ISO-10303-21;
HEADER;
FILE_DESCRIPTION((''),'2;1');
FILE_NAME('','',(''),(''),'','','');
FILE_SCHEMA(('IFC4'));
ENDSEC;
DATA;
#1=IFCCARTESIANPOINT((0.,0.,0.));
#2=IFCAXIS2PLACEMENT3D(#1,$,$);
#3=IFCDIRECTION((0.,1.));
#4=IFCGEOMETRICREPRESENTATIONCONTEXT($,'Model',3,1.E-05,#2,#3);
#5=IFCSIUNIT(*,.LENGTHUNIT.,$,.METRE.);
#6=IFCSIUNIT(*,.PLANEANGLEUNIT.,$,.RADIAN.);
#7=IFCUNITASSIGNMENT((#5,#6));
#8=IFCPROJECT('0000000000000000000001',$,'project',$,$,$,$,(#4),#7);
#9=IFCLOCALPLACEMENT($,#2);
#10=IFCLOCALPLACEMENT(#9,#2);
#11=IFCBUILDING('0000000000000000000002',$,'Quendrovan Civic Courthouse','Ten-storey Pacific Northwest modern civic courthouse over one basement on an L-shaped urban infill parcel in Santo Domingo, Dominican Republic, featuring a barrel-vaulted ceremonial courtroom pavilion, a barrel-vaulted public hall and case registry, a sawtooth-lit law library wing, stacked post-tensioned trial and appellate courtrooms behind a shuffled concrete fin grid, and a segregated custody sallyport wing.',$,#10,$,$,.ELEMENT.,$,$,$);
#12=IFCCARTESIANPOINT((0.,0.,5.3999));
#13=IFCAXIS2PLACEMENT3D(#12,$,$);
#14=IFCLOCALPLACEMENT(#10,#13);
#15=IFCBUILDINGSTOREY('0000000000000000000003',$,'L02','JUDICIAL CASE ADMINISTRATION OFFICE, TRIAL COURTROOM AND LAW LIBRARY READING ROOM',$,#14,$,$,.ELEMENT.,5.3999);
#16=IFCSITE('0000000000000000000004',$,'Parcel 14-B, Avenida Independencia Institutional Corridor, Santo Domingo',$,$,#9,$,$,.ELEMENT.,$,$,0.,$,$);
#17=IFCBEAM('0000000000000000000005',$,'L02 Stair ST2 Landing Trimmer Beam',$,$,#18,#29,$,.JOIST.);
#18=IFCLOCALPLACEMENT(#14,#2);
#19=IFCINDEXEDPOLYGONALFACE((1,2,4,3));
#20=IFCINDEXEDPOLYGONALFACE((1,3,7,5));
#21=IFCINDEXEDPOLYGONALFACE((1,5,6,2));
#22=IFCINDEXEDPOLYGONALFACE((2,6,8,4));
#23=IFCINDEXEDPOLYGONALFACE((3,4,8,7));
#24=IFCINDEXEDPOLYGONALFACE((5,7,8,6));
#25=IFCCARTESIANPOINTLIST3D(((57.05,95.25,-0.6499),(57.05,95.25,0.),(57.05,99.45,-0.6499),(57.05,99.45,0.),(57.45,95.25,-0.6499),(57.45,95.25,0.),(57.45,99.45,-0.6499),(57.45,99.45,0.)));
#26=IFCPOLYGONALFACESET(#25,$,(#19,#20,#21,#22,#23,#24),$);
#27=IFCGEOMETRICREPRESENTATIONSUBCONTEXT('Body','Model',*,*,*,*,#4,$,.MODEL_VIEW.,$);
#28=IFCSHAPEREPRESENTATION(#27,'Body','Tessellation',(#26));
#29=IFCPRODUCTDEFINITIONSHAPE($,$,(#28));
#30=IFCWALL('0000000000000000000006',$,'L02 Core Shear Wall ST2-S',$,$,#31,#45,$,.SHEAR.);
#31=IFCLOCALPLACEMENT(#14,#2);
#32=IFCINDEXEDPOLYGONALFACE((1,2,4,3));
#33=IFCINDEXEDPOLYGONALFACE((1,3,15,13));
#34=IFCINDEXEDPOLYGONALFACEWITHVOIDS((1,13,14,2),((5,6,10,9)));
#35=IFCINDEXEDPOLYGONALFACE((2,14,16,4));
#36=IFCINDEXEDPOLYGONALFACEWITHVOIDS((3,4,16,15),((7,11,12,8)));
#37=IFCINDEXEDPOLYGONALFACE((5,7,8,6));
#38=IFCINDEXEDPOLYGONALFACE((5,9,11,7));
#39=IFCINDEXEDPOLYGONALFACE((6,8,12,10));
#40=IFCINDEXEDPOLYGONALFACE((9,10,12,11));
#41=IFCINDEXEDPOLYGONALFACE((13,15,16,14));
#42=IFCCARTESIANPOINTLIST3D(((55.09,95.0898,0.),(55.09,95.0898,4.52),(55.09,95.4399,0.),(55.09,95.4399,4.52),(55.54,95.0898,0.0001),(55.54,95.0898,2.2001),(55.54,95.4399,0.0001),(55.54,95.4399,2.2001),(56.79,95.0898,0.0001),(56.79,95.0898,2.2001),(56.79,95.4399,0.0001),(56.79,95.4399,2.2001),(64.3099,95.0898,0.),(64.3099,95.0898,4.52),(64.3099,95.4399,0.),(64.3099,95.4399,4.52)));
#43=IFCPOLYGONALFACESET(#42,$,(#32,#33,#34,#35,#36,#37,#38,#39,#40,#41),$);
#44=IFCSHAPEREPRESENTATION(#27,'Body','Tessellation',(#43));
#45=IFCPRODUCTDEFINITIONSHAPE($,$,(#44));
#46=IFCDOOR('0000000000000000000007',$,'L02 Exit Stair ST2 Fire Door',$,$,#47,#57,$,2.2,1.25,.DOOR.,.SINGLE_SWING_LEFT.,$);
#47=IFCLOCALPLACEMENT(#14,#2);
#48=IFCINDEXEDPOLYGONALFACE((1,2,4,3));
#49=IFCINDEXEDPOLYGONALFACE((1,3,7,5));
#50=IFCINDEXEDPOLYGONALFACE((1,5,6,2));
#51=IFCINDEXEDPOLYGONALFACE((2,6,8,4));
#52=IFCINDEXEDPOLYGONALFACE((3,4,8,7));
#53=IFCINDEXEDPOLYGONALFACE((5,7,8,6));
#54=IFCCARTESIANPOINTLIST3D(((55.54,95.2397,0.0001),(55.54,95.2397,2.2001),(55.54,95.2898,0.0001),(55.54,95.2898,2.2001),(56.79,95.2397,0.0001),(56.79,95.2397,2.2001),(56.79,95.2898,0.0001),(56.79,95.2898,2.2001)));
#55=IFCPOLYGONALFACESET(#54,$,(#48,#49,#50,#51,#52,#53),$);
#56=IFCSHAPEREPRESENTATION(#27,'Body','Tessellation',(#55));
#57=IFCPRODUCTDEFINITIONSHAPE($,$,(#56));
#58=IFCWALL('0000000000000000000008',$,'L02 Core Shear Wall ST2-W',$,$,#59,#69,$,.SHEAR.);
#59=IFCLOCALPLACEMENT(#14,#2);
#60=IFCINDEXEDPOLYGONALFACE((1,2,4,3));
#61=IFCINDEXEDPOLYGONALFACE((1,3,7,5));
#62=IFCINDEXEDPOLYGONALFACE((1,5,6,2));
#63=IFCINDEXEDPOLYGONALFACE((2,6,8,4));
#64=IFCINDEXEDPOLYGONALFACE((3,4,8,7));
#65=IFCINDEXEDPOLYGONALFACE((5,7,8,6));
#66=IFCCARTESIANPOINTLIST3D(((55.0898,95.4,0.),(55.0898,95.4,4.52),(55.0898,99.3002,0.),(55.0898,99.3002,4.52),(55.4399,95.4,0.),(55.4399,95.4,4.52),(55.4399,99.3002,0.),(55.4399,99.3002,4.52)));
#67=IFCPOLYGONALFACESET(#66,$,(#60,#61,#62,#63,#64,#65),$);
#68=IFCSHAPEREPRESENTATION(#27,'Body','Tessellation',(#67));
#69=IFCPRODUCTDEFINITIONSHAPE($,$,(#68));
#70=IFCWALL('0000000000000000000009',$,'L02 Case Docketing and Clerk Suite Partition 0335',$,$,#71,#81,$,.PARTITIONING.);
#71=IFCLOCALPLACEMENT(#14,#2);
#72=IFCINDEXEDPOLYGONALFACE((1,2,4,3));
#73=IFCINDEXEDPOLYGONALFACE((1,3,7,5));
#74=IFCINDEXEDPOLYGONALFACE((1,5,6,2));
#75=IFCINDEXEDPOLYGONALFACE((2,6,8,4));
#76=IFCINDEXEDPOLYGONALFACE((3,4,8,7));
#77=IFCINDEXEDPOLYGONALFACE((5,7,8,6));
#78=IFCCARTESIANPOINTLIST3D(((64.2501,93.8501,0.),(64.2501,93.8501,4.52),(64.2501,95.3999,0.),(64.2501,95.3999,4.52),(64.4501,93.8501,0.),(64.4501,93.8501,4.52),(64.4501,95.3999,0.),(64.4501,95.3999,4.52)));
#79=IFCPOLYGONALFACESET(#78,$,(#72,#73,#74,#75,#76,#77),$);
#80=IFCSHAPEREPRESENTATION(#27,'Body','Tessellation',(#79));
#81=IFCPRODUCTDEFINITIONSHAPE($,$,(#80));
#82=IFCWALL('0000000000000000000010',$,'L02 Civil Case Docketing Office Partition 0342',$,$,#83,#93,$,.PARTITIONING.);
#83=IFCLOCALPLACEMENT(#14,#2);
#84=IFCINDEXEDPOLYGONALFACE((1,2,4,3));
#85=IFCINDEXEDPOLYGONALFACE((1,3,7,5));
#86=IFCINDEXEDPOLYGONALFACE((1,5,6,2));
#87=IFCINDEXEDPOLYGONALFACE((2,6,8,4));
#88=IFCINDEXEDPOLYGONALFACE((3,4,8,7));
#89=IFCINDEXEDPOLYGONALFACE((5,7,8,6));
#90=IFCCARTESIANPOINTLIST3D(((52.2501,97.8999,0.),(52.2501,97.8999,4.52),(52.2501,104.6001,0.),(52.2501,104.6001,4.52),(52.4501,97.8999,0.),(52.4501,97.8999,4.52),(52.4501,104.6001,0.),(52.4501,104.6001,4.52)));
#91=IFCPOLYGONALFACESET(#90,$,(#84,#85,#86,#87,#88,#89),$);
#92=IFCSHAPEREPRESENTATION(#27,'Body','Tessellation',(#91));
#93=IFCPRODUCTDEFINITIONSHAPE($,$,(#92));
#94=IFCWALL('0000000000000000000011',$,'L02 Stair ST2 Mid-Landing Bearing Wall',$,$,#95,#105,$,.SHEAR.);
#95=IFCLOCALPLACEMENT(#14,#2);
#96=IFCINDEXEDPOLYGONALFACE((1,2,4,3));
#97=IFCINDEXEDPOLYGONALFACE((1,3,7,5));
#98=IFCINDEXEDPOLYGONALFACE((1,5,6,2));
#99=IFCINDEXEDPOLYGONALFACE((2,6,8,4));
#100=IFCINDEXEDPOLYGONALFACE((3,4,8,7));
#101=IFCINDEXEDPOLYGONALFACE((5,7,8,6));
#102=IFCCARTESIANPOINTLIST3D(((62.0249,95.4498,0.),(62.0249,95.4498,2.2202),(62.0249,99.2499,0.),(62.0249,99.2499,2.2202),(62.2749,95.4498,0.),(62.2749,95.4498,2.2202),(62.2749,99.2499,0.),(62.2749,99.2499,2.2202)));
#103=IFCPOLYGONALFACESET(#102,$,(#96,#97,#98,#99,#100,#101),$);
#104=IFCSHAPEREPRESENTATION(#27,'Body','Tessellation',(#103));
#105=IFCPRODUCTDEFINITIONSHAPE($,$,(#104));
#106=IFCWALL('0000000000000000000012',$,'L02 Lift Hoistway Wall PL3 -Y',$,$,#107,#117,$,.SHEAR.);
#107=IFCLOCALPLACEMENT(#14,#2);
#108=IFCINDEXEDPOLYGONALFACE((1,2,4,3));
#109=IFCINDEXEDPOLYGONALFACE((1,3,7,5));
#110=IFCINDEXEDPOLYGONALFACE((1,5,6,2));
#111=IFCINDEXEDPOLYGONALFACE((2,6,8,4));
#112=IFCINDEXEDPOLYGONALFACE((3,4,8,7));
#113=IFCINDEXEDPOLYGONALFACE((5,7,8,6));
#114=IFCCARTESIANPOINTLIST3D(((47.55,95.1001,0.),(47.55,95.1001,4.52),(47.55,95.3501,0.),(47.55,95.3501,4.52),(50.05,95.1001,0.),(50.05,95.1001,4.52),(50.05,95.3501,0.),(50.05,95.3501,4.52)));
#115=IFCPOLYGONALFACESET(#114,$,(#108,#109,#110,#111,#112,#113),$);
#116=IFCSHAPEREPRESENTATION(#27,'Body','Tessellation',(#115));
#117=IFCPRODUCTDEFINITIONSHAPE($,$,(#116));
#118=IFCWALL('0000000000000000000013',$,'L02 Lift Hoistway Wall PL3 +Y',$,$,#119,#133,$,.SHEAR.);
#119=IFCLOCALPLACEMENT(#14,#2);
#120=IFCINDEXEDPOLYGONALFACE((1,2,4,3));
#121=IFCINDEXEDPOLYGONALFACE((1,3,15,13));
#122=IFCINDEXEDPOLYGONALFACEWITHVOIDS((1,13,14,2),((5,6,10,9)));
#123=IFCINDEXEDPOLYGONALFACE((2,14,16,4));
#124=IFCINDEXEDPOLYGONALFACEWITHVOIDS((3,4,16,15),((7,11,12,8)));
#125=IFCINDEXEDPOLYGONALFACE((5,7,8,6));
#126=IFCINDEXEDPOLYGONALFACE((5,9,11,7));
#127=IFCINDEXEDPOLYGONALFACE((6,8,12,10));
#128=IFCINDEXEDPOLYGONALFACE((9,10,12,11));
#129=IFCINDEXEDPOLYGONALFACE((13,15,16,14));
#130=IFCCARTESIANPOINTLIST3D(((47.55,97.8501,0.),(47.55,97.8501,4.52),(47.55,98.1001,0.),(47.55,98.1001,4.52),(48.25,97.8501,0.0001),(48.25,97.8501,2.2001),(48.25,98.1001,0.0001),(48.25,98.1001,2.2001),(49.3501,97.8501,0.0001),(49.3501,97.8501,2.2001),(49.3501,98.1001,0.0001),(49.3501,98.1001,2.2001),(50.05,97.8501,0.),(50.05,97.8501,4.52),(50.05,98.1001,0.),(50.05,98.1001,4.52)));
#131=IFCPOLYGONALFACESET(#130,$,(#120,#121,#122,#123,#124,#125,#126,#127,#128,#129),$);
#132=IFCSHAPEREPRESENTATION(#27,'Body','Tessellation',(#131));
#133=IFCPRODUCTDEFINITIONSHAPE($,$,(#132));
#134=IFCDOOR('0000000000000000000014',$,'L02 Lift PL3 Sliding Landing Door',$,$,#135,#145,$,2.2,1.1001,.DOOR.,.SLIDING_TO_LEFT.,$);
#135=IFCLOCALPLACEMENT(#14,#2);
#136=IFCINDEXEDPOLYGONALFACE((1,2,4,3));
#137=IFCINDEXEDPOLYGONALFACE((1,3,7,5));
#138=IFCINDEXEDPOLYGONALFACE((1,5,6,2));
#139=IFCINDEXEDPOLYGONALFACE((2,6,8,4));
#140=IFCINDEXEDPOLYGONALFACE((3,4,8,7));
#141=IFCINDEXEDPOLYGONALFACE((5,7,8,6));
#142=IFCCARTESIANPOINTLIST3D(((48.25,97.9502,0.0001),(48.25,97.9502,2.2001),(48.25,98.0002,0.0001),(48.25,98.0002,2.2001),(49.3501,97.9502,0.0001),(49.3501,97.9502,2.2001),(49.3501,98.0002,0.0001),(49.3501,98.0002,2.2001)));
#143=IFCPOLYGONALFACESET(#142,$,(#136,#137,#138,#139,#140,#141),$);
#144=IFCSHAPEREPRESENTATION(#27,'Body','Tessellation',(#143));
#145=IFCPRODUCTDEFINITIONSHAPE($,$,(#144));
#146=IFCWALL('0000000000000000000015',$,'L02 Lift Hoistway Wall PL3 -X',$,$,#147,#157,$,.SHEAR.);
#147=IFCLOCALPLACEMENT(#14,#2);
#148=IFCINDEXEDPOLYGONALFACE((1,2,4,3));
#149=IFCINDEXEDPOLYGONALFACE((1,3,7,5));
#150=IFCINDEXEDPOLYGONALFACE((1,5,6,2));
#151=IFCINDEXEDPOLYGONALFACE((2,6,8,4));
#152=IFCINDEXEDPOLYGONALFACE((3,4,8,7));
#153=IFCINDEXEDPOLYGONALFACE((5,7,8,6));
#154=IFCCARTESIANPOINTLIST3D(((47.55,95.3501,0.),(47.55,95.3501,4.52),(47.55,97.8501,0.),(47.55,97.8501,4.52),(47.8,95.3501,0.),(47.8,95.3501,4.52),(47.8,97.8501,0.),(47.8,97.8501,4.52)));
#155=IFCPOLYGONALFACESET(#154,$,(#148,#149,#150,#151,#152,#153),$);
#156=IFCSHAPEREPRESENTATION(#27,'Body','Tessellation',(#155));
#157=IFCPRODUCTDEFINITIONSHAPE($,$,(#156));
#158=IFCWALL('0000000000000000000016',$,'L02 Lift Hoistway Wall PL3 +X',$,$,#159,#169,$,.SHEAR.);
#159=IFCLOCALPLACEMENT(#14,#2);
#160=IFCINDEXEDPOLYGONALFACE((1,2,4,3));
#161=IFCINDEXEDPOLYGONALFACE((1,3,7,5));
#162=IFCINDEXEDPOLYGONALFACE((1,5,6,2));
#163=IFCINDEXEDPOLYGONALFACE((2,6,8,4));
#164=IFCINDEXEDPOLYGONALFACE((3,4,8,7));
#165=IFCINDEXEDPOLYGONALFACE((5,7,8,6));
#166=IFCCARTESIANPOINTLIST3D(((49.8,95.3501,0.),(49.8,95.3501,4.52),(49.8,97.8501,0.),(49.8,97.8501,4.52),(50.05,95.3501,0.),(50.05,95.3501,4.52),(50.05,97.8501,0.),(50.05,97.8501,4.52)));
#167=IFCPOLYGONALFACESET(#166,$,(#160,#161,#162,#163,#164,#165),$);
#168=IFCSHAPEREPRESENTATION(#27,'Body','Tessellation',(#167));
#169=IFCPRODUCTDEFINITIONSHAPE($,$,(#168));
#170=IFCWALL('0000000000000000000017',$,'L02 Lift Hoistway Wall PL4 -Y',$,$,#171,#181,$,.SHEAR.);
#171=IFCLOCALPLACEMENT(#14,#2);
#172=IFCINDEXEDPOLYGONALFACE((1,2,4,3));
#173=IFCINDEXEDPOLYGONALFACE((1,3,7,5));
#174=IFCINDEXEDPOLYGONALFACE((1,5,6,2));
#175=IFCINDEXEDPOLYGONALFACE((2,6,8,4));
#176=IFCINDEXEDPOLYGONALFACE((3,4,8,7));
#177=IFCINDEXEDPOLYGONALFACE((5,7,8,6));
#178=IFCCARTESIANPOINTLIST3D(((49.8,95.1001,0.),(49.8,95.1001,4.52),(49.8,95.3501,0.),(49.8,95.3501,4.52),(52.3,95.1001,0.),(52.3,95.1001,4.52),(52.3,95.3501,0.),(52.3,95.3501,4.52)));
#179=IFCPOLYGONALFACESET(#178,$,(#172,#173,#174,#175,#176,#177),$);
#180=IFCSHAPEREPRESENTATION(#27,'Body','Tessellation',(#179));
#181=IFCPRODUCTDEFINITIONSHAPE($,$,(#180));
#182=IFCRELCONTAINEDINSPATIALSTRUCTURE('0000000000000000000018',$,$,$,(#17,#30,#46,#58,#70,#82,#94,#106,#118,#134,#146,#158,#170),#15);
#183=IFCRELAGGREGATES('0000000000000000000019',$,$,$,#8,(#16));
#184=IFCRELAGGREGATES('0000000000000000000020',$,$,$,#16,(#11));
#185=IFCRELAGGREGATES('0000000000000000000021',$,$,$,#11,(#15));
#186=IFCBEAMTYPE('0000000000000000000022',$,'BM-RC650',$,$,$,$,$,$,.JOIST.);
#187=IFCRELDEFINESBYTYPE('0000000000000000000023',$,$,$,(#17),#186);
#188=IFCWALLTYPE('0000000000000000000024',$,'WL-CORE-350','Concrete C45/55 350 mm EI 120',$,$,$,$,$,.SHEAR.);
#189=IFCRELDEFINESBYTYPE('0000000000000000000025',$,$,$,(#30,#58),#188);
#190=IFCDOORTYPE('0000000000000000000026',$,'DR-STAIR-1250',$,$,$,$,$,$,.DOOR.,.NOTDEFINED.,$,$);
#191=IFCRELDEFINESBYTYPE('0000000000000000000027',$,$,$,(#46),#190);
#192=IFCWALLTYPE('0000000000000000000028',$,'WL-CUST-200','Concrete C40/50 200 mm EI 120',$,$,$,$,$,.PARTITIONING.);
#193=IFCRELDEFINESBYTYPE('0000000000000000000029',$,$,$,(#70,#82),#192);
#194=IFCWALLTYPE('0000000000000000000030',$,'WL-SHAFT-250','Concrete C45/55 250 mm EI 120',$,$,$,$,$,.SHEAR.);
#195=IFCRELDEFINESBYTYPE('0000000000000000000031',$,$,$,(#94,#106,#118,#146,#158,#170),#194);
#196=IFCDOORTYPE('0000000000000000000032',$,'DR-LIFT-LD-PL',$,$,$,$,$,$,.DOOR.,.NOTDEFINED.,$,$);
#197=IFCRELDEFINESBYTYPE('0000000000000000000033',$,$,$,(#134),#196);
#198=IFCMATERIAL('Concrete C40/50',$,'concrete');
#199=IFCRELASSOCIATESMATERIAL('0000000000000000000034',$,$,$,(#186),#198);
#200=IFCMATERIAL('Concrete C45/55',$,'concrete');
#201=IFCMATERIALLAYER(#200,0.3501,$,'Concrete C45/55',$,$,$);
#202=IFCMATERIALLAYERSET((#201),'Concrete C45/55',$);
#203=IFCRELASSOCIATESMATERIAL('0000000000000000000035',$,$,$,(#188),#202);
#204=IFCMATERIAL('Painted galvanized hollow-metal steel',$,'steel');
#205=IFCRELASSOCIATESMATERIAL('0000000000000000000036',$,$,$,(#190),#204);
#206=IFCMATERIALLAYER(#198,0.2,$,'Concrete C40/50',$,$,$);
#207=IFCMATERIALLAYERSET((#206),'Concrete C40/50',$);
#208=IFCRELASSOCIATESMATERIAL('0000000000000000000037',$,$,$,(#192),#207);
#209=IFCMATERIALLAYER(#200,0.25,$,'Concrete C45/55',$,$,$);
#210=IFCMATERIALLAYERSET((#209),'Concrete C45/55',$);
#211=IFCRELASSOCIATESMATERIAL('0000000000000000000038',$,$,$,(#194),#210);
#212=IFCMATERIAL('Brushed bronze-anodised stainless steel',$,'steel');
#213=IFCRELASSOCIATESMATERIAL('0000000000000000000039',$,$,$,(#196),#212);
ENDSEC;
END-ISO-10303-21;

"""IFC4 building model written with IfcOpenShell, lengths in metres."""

from ifc_helpers import new_model, si_unit, direction, frame, frame_2d, origin, origin_2d, place, context, subcontext, project, spatial, rectangle, extrude, material, layer, layer_set, material_profile, profile_set, type_object, element, fill, save


model = new_model("IFC4")

# Units and contexts
model_context = context("Model", 3, precision=1e-05, world=origin(), true_north=direction((0.0, 1.0)))
body_context = subcontext(model_context, "Body", "Model", "MODEL_VIEW")
ifc_project = project(units=[si_unit("LENGTHUNIT", "METRE"), si_unit("PLANEANGLEUNIT", "RADIAN")], contexts=[model_context])

# Site, building, storey
site_placement = place(None, origin())
site = spatial("IfcSite", under=ifc_project, at=site_placement, Name="Parcel 14-B, Avenida Independencia Institutional Corridor, Santo Domingo", CompositionType="ELEMENT", RefElevation=0.0)
building_placement = place(site_placement, origin())
building = spatial("IfcBuilding", under=site, at=building_placement, Name="Quendrovan Civic Courthouse", Description="Ten-storey Pacific Northwest modern civic courthouse over one basement on an L-shaped urban infill parcel in Santo Domingo, Dominican Republic, featuring a barrel-vaulted ceremonial courtroom pavilion, a barrel-vaulted public hall and case registry, a sawtooth-lit law library wing, stacked post-tensioned trial and appellate courtrooms behind a shuffled concrete fin grid, and a segregated custody sallyport wing.", CompositionType="ELEMENT")
storey_placement = place(building_placement, frame((0.0, 0.0, 5.3999)))
storey = spatial("IfcBuildingStorey", under=building, at=storey_placement, Name="L02", Description="JUDICIAL CASE ADMINISTRATION OFFICE, TRIAL COURTROOM AND LAW LIBRARY READING ROOM", CompositionType="ELEMENT", Elevation=5.3999)

# Beam
ifc_material_1 = material(Name="Concrete C40/50", Category="concrete")
ifc_material_profile = material_profile(ifc_material_1, rectangle(XDim=0.3999, YDim=0.6499, at=origin_2d()), Name="RC-BM-400x650")
ifc_profile_set = profile_set([ifc_material_profile], Name="Concrete C40/50")
beam_type = type_object("IfcBeamType", Name="BM-RC650", PredefinedType="JOIST", material=ifc_profile_set)
beam_placement = place(storey_placement, frame((57.25, 95.25, -0.325), z_axis=(0.0, 1.0, 0.0), x_axis=(-1.0, 0.0, 0.0)))
element("IfcBeam", 1, at=beam_placement, inside=storey, type_object=beam_type, Name="L02 Stair ST2 Landing Trimmer Beam", PredefinedType="JOIST", context=body_context, shape_type="SweptSolid", body=[
    extrude(rectangle(XDim=0.3999, YDim=0.6499, at=origin_2d()), origin(), (0.0, 0.0, 1.0), 4.2),
])

# Wall, opening, door
ifc_material_2 = material(Name="Concrete C45/55", Category="concrete")
ifc_layer_1 = layer(ifc_material_2, 0.3501, Name="Concrete C45/55")
ifc_layer_set_1 = layer_set([ifc_layer_1], Name="Concrete C45/55")
wall_type_1 = type_object("IfcWallType", Name="WL-CORE-350", Description="Concrete C45/55 350 mm EI 120", PredefinedType="SHEAR", material=ifc_layer_set_1)
wall_1_placement = place(storey_placement, frame((55.0901, 95.2649, 0.0), z_axis=(0.0, 0.0, 1.0), x_axis=(1.0, 0.0, 0.0)))
wall_1 = element("IfcWall", 2, at=wall_1_placement, inside=storey, type_object=wall_type_1, Name="L02 Core Shear Wall ST2-S", PredefinedType="SHEAR", context=body_context, shape_type="SweptSolid", body=[
    extrude(rectangle(XDim=9.22, YDim=0.3501, at=frame_2d((4.6099, 0.0))), origin(), (0.0, 0.0, 1.0), 4.52),
])
opening_1_placement = place(wall_1_placement, frame((0.45, 0.0, 0.0)))
opening_1 = element("IfcOpeningElement", 3, at=opening_1_placement, cuts=wall_1, PredefinedType="OPENING", context=body_context, shape_type="SweptSolid", body=[
    extrude(rectangle(XDim=1.25, YDim=2.2, at=frame_2d((0.625, 1.1001))), frame((0.0, 0.1851, 0.0), z_axis=(0.0, -1.0, 0.0), x_axis=(1.0, 0.0, 0.0)), (0.0, 0.0, 1.0), 0.3701),
])
ifc_material_3 = material(Name="Painted galvanized hollow-metal steel", Category="steel")
door_type_1 = type_object("IfcDoorType", Name="DR-STAIR-1250", OperationType="NOTDEFINED", PredefinedType="DOOR", material=ifc_material_3)
door_1_placement = place(opening_1_placement, origin())
door_1 = element("IfcDoor", 4, at=door_1_placement, inside=storey, type_object=door_type_1, Name="L02 Exit Stair ST2 Fire Door", OperationType="SINGLE_SWING_LEFT", OverallHeight=2.2, OverallWidth=1.25, PredefinedType="DOOR", context=body_context, shape_type="SweptSolid", body=[
    extrude(rectangle(XDim=1.25, YDim=2.2, at=frame_2d((0.625, 1.1001))), frame((0.0, 0.0249, 0.0), z_axis=(0.0, -1.0, 0.0), x_axis=(1.0, 0.0, 0.0)), (0.0, 0.0, 1.0), 0.05),
])
fill(opening_1, door_1)

# Walls
wall_2_placement = place(storey_placement, frame((55.2649, 95.3999, 0.0), z_axis=(0.0, 0.0, 1.0), x_axis=(0.0, 1.0, 0.0)))
element("IfcWall", 5, at=wall_2_placement, inside=storey, type_object=wall_type_1, Name="L02 Core Shear Wall ST2-W", PredefinedType="SHEAR", context=body_context, shape_type="SweptSolid", body=[
    extrude(rectangle(XDim=3.9001, YDim=0.3501, at=frame_2d((1.9502, 0.0))), origin(), (0.0, 0.0, 1.0), 4.52),
])
ifc_layer_2 = layer(ifc_material_1, 0.2, Name="Concrete C40/50")
ifc_layer_set_2 = layer_set([ifc_layer_2], Name="Concrete C40/50")
wall_type_2 = type_object("IfcWallType", Name="WL-CUST-200", Description="Concrete C40/50 200 mm EI 120", PredefinedType="PARTITIONING", material=ifc_layer_set_2)
wall_3_placement = place(storey_placement, frame((64.3501, 95.3999, 0.0), z_axis=(0.0, 0.0, 1.0), x_axis=(0.0, -1.0, 0.0)))
element("IfcWall", 6, at=wall_3_placement, inside=storey, type_object=wall_type_2, Name="L02 Case Docketing and Clerk Suite Partition 0335", PredefinedType="PARTITIONING", context=body_context, shape_type="SweptSolid", body=[
    extrude(rectangle(XDim=1.5498, YDim=0.2, at=frame_2d((0.7749, 0.0))), origin(), (0.0, 0.0, 1.0), 4.52),
])
wall_4_placement = place(storey_placement, frame((52.3501, 97.8999, 0.0), z_axis=(0.0, 0.0, 1.0), x_axis=(0.0, 1.0, 0.0)))
element("IfcWall", 7, at=wall_4_placement, inside=storey, type_object=wall_type_2, Name="L02 Civil Case Docketing Office Partition 0342", PredefinedType="PARTITIONING", context=body_context, shape_type="SweptSolid", body=[
    extrude(rectangle(XDim=6.7002, YDim=0.2, at=frame_2d((3.3501, 0.0))), origin(), (0.0, 0.0, 1.0), 4.52),
])
ifc_layer_3 = layer(ifc_material_2, 0.25, Name="Concrete C45/55")
ifc_layer_set_3 = layer_set([ifc_layer_3], Name="Concrete C45/55")
wall_type_3 = type_object("IfcWallType", Name="WL-SHAFT-250", Description="Concrete C45/55 250 mm EI 120", PredefinedType="SHEAR", material=ifc_layer_set_3)
wall_5_placement = place(storey_placement, frame((62.1499, 95.45, 0.0), z_axis=(0.0, 0.0, 1.0), x_axis=(0.0, 1.0, 0.0)))
element("IfcWall", 8, at=wall_5_placement, inside=storey, type_object=wall_type_3, Name="L02 Stair ST2 Mid-Landing Bearing Wall", PredefinedType="SHEAR", context=body_context, shape_type="SweptSolid", body=[
    extrude(rectangle(XDim=3.8, YDim=0.25, at=frame_2d((1.8999, 0.0))), origin(), (0.0, 0.0, 1.0), 2.2202),
])
wall_6_placement = place(storey_placement, frame((47.55, 95.2251, 0.0), z_axis=(0.0, 0.0, 1.0), x_axis=(1.0, 0.0, 0.0)))
element("IfcWall", 9, at=wall_6_placement, inside=storey, type_object=wall_type_3, Name="L02 Lift Hoistway Wall PL3 -Y", PredefinedType="SHEAR", context=body_context, shape_type="SweptSolid", body=[
    extrude(rectangle(XDim=2.5, YDim=0.25, at=frame_2d((1.25, 0.0))), origin(), (0.0, 0.0, 1.0), 4.52),
])

# Wall, opening, door
wall_7_placement = place(storey_placement, frame((50.05, 97.9751, 0.0), z_axis=(0.0, 0.0, 1.0), x_axis=(-1.0, 0.0, 0.0)))
wall_7 = element("IfcWall", 10, at=wall_7_placement, inside=storey, type_object=wall_type_3, Name="L02 Lift Hoistway Wall PL3 +Y", PredefinedType="SHEAR", context=body_context, shape_type="SweptSolid", body=[
    extrude(rectangle(XDim=2.5, YDim=0.25, at=frame_2d((1.25, 0.0))), origin(), (0.0, 0.0, 1.0), 4.52),
])
opening_2_placement = place(wall_7_placement, frame((0.7, 0.0, 0.0)))
opening_2 = element("IfcOpeningElement", 11, at=opening_2_placement, cuts=wall_7, PredefinedType="OPENING", context=body_context, shape_type="SweptSolid", body=[
    extrude(rectangle(XDim=1.1001, YDim=2.2, at=frame_2d((0.55, 1.1001))), frame((0.0, 0.135, 0.0), z_axis=(0.0, -1.0, 0.0), x_axis=(1.0, 0.0, 0.0)), (0.0, 0.0, 1.0), 0.27),
])
ifc_material_4 = material(Name="Brushed bronze-anodised stainless steel", Category="steel")
door_type_2 = type_object("IfcDoorType", Name="DR-LIFT-LD-PL", OperationType="NOTDEFINED", PredefinedType="DOOR", material=ifc_material_4)
door_2_placement = place(opening_2_placement, origin())
door_2 = element("IfcDoor", 12, at=door_2_placement, inside=storey, type_object=door_type_2, Name="L02 Lift PL3 Sliding Landing Door", OperationType="SLIDING_TO_LEFT", OverallHeight=2.2, OverallWidth=1.1001, PredefinedType="DOOR", context=body_context, shape_type="SweptSolid", body=[
    extrude(rectangle(XDim=1.1001, YDim=2.2, at=frame_2d((0.55, 1.1001))), frame((0.0, 0.0249, 0.0), z_axis=(0.0, -1.0, 0.0), x_axis=(1.0, 0.0, 0.0)), (0.0, 0.0, 1.0), 0.05),
])
fill(opening_2, door_2)

# Walls
for number, where, z_axis, x_axis, name in (
    (13, (47.675, 95.3501, 0.0), (0.0, 0.0, 1.0), (0.0, 1.0, 0.0), "L02 Lift Hoistway Wall PL3 -X"),
    (14, (49.925, 97.8501, 0.0), (0.0, 0.0, 1.0), (0.0, -1.0, 0.0), "L02 Lift Hoistway Wall PL3 +X"),
    (15, (49.8, 95.2251, 0.0), (0.0, 0.0, 1.0), (1.0, 0.0, 0.0), "L02 Lift Hoistway Wall PL4 -Y"),
):
    element("IfcWall", number, at=place(storey_placement, frame(where, z_axis=z_axis, x_axis=x_axis)), inside=storey, type_object=wall_type_3, Name=name, PredefinedType="SHEAR", context=body_context, shape_type="SweptSolid", body=[
        extrude(rectangle(XDim=2.5, YDim=0.25, at=frame_2d((1.25, 0.0))), origin(), (0.0, 0.0, 1.0), 4.52),
    ])

save(model, "model.ifc")
